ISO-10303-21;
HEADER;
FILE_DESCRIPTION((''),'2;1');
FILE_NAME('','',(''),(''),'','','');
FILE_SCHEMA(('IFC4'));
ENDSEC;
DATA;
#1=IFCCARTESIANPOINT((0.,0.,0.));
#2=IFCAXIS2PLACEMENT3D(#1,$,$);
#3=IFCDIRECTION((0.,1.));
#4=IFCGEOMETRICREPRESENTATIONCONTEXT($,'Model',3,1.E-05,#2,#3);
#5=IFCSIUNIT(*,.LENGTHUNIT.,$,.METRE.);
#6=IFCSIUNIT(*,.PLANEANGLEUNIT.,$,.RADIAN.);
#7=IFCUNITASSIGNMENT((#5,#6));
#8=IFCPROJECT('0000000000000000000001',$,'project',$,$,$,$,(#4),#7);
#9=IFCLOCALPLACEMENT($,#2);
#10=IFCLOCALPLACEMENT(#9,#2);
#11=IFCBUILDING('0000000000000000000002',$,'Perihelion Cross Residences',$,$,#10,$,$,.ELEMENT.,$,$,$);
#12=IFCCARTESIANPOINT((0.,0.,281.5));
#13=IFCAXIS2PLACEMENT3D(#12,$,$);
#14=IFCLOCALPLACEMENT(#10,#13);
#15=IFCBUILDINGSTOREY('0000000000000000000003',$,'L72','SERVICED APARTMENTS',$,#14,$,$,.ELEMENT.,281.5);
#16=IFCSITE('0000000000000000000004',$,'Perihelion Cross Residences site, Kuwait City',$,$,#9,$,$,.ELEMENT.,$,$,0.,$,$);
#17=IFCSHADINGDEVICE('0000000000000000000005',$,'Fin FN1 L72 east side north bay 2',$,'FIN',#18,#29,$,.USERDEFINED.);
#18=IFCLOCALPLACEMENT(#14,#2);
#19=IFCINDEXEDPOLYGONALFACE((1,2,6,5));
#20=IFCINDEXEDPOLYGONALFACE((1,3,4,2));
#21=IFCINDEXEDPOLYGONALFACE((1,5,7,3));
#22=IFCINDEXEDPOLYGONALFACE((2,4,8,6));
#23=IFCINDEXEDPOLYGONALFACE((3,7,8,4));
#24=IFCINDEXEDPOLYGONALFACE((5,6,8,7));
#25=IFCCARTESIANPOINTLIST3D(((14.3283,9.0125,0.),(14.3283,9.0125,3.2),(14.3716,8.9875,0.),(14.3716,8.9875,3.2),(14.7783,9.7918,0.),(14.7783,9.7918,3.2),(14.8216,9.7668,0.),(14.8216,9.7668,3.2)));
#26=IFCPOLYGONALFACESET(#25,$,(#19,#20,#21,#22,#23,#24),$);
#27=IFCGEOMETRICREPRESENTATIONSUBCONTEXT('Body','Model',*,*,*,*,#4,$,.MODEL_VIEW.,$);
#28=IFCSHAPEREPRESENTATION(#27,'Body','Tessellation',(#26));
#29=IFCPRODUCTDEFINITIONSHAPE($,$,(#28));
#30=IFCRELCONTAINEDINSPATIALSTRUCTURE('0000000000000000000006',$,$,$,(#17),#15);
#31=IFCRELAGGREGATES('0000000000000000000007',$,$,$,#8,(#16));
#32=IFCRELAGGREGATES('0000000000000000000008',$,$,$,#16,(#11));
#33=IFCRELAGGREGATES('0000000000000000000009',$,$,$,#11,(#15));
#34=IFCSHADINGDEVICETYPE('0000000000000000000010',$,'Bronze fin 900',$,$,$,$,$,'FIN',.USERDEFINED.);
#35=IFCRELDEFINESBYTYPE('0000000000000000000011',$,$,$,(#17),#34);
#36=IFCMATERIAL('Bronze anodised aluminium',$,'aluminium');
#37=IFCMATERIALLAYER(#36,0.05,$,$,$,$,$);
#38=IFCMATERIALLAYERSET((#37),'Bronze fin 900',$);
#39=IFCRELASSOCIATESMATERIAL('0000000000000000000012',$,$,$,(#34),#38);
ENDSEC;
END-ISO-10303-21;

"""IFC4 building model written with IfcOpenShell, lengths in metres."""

from ifc_helpers import new_model, si_unit, direction, frame, origin, origin_2d, place, context, subcontext, project, spatial, rectangle, extrude, material, layer, layer_set, type_object, element, save


model = new_model("IFC4")

# Units and contexts
model_context = context("Model", 3, precision=1e-05, world=origin(), true_north=direction((0.0, 1.0)))
body_context = subcontext(model_context, "Body", "Model", "MODEL_VIEW")
ifc_project = project(units=[si_unit("LENGTHUNIT", "METRE"), si_unit("PLANEANGLEUNIT", "RADIAN")], contexts=[model_context])

# Site, building, storey
site_placement = place(None, origin())
site = spatial("IfcSite", under=ifc_project, at=site_placement, Name="Perihelion Cross Residences site, Kuwait City", CompositionType="ELEMENT", RefElevation=0.0)
building_placement = place(site_placement, origin())
building = spatial("IfcBuilding", under=site, at=building_placement, Name="Perihelion Cross Residences", CompositionType="ELEMENT")
storey_placement = place(building_placement, frame((0.0, 0.0, 281.5)))
storey = spatial("IfcBuildingStorey", under=building, at=storey_placement, Name="L72", Description="SERVICED APARTMENTS", CompositionType="ELEMENT", Elevation=281.5)

# Shading device
ifc_material_1 = material(Name="Bronze anodised aluminium", Category="aluminium")
ifc_layer_1 = layer(ifc_material_1, 0.05)
ifc_layer_set_1 = layer_set([ifc_layer_1], Name="Bronze fin 900")
shading_device_type = type_object("IfcShadingDeviceType", Name="Bronze fin 900", ElementType="FIN", PredefinedType="USERDEFINED", material=ifc_layer_set_1)
shading_device_placement = place(storey_placement, frame((14.575, 9.3896, 0.0), z_axis=(0.0, 0.0, 1.0), x_axis=(0.5, 0.866025, 0.0)))
element("IfcShadingDevice", 1, at=shading_device_placement, inside=storey, type_object=shading_device_type, Name="Fin FN1 L72 east side north bay 2", ObjectType="FIN", PredefinedType="USERDEFINED", context=body_context, shape_type="SweptSolid", body=[
    extrude(rectangle(XDim=0.8999, YDim=0.05, at=origin_2d()), origin(), (0.0, 0.0, 1.0), 3.2),
])

save(model, "model.ifc")
